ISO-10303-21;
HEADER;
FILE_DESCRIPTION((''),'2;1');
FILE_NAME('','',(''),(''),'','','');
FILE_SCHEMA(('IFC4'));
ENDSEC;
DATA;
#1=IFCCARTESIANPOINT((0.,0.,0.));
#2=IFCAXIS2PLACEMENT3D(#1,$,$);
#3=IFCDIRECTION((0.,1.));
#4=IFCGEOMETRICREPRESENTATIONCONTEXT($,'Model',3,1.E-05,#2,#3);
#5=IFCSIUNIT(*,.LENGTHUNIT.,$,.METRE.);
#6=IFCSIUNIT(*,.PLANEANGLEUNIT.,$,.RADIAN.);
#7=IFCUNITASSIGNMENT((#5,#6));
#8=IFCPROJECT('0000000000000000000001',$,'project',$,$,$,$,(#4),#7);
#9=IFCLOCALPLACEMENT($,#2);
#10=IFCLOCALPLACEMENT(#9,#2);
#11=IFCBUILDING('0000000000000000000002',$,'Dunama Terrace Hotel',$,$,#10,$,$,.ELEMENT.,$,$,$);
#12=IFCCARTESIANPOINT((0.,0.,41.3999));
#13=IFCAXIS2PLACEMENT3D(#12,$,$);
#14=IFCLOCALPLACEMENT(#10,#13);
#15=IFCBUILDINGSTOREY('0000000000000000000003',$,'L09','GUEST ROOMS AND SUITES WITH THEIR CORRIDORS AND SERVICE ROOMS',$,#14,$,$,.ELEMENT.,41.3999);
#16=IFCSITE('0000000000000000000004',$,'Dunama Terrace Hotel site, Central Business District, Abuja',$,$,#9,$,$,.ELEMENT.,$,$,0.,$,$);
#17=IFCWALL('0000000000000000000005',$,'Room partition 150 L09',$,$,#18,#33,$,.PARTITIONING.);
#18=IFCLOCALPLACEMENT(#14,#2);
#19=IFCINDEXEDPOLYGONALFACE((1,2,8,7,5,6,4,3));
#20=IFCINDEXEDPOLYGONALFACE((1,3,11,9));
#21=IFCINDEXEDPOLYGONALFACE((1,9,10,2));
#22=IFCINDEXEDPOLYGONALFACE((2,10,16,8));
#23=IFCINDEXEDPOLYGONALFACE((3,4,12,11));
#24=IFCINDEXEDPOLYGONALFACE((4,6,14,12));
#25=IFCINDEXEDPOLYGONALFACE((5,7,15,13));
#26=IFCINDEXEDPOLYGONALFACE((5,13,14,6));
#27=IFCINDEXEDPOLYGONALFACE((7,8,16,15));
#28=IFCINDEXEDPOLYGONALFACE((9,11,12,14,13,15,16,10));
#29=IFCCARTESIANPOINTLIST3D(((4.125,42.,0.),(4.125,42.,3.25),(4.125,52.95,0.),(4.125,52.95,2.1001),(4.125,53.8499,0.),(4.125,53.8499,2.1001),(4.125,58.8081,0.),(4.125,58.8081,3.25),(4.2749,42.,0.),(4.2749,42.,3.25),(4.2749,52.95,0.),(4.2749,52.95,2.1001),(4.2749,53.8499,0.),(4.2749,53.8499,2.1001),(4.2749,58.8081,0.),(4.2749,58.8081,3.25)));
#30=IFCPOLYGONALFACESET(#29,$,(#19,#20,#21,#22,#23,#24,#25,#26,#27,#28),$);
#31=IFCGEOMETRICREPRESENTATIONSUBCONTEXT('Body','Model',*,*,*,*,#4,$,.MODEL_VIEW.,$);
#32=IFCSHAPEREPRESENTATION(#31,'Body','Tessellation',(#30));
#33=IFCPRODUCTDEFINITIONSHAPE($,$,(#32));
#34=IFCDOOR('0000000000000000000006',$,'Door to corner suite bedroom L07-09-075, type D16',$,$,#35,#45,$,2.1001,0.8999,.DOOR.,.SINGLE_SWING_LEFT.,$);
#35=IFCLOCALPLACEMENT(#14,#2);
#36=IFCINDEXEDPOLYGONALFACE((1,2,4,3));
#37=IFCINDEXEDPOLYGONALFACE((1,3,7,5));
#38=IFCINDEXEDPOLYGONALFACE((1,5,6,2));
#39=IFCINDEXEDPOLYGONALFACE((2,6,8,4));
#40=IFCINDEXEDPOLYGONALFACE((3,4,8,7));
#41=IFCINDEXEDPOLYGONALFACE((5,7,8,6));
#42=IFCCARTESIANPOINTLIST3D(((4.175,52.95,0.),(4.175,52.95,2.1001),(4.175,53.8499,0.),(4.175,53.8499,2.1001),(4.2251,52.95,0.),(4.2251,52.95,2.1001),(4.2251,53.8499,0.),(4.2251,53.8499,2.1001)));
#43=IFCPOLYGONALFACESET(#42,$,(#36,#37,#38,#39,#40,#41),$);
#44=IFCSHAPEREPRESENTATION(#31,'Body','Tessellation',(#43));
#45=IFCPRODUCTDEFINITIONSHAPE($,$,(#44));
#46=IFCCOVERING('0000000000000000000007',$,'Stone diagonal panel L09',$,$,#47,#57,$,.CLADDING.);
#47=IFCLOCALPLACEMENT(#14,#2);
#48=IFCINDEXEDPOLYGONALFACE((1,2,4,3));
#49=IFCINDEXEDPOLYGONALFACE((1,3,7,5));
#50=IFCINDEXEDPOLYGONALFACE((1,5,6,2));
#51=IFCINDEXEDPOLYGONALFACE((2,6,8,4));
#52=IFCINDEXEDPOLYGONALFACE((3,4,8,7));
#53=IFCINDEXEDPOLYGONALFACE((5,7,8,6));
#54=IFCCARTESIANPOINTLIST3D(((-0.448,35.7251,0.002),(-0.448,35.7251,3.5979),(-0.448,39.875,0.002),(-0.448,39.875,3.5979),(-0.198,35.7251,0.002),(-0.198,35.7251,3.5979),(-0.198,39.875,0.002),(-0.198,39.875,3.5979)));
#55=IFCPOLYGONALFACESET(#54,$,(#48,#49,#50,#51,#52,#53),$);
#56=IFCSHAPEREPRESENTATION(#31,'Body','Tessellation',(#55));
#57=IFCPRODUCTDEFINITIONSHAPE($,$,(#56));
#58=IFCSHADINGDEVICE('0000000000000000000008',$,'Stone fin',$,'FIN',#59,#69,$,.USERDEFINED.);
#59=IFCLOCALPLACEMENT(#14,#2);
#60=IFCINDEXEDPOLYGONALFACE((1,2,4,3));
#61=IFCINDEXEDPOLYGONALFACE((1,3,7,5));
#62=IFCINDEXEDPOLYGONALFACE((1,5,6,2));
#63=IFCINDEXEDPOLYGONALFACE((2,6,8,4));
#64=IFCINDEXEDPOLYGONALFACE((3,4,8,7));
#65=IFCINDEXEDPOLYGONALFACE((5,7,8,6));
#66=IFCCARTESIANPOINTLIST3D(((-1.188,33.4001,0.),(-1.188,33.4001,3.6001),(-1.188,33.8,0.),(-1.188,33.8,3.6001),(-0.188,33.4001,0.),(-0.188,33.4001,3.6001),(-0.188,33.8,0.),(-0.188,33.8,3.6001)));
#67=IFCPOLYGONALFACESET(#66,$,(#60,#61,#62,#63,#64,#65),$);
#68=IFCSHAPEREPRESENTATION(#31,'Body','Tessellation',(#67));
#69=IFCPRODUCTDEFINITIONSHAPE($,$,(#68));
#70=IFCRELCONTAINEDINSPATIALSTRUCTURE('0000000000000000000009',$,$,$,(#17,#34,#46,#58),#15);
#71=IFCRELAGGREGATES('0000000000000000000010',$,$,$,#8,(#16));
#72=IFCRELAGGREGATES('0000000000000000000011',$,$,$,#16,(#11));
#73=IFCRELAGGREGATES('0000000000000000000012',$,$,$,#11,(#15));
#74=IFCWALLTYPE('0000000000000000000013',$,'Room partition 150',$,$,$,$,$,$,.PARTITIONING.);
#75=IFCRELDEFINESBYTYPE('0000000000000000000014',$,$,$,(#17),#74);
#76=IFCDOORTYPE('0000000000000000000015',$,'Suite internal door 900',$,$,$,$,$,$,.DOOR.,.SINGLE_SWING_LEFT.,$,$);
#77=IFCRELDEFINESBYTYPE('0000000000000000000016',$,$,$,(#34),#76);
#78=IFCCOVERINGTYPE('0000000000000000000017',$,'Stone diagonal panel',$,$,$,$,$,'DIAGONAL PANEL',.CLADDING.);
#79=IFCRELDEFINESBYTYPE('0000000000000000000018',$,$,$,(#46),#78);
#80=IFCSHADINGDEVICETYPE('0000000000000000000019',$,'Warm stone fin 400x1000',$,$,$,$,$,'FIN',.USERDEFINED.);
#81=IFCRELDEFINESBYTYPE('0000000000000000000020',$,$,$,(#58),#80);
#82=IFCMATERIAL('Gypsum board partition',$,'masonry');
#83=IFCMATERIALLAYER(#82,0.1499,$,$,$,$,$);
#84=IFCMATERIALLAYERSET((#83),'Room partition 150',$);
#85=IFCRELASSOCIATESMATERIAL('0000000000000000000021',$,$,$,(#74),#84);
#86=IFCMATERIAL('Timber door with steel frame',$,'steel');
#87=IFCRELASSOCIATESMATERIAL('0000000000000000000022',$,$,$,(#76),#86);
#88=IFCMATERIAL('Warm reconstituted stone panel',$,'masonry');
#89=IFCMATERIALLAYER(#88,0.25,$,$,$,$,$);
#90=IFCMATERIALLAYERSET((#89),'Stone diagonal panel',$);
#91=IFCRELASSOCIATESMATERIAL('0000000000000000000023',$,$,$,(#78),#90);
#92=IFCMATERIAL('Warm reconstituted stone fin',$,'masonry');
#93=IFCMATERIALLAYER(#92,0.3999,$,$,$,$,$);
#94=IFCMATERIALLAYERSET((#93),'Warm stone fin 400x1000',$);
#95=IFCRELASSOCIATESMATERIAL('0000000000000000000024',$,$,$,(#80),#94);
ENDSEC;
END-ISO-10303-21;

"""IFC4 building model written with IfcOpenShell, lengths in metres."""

from ifc_helpers import new_model, si_unit, direction, frame, frame_2d, origin, origin_2d, place, context, subcontext, project, spatial, rectangle, extrude, material, layer, layer_set, type_object, element, fill, save


model = new_model("IFC4")

# Units and contexts
model_context = context("Model", 3, precision=1e-05, world=origin(), true_north=direction((0.0, 1.0)))
body_context = subcontext(model_context, "Body", "Model", "MODEL_VIEW")
ifc_project = project(units=[si_unit("LENGTHUNIT", "METRE"), si_unit("PLANEANGLEUNIT", "RADIAN")], contexts=[model_context])

# Site, building, storey
site_placement = place(None, origin())
site = spatial("IfcSite", under=ifc_project, at=site_placement, Name="Dunama Terrace Hotel site, Central Business District, Abuja", CompositionType="ELEMENT", RefElevation=0.0)
building_placement = place(site_placement, origin())
building = spatial("IfcBuilding", under=site, at=building_placement, Name="Dunama Terrace Hotel", CompositionType="ELEMENT")
storey_placement = place(building_placement, frame((0.0, 0.0, 41.3999)))
storey = spatial("IfcBuildingStorey", under=building, at=storey_placement, Name="L09", Description="GUEST ROOMS AND SUITES WITH THEIR CORRIDORS AND SERVICE ROOMS", CompositionType="ELEMENT", Elevation=41.3999)

# Shared definitions
ifc_material_1 = material(Name="Gypsum board partition", Category="masonry")
ifc_layer_1 = layer(ifc_material_1, 0.1499)
ifc_layer_set_1 = layer_set([ifc_layer_1], Name="Room partition 150")
wall_type_1 = type_object("IfcWallType", Name="Room partition 150", PredefinedType="PARTITIONING", material=ifc_layer_set_1)

# Wall, opening, door
wall_1_placement = place(storey_placement, frame((4.2, 42.0, 0.0), z_axis=(0.0, 0.0, 1.0), x_axis=(0.0, 1.0, 0.0)))
wall_1 = element("IfcWall", 1, at=wall_1_placement, inside=storey, type_object=wall_type_1, Name="Room partition 150 L09", PredefinedType="PARTITIONING", context=body_context, shape_type="SweptSolid", body=[
    extrude(rectangle(XDim=16.8081, YDim=0.1499, at=frame_2d((8.4041, 0.0))), origin(), (0.0, 0.0, 1.0), 3.25),
])
opening_1_placement = place(wall_1_placement, frame((10.95, 0.0, 0.0)))
opening_1 = element("IfcOpeningElement", 2, at=opening_1_placement, cuts=wall_1, PredefinedType="OPENING", context=body_context, shape_type="SweptSolid", body=[
    extrude(rectangle(XDim=0.8999, YDim=2.1001, at=frame_2d((0.45, 1.05))), frame((0.0, 0.085, 0.0), z_axis=(0.0, -1.0, 0.0), x_axis=(1.0, 0.0, 0.0)), (0.0, 0.0, 1.0), 0.1699),
])
ifc_material_2 = material(Name="Timber door with steel frame", Category="steel")
door_type_1 = type_object("IfcDoorType", Name="Suite internal door 900", OperationType="SINGLE_SWING_LEFT", PredefinedType="DOOR", material=ifc_material_2)
door_1_placement = place(opening_1_placement, origin())
door_1 = element("IfcDoor", 3, at=door_1_placement, inside=storey, type_object=door_type_1, Name="Door to corner suite bedroom L07-09-075, type D16", OperationType="SINGLE_SWING_LEFT", OverallHeight=2.1001, OverallWidth=0.8999, PredefinedType="DOOR", context=body_context, shape_type="SweptSolid", body=[
    extrude(rectangle(XDim=0.8999, YDim=2.1001, at=frame_2d((0.45, 1.05))), frame((0.0, 0.0249, 0.0), z_axis=(0.0, -1.0, 0.0), x_axis=(1.0, 0.0, 0.0)), (0.0, 0.0, 1.0), 0.05),
])
fill(opening_1, door_1)

# Covering
ifc_material_3 = material(Name="Warm reconstituted stone panel", Category="masonry")
ifc_layer_2 = layer(ifc_material_3, 0.25)
ifc_layer_set_2 = layer_set([ifc_layer_2], Name="Stone diagonal panel")
covering_type = type_object("IfcCoveringType", Name="Stone diagonal panel", ElementType="DIAGONAL PANEL", PredefinedType="CLADDING", material=ifc_layer_set_2)
covering_placement = place(storey_placement, frame((-0.323, 37.8, 0.002), z_axis=(0.0, 0.0, 1.0), x_axis=(0.0, -1.0, 0.0)))
element("IfcCovering", 4, at=covering_placement, inside=storey, type_object=covering_type, Name="Stone diagonal panel L09", PredefinedType="CLADDING", context=body_context, shape_type="SweptSolid", body=[
    extrude(rectangle(XDim=4.1499, YDim=0.25, at=origin_2d()), origin(), (0.0, 0.0, 1.0), 3.5959),
])

# Shading device
ifc_material_4 = material(Name="Warm reconstituted stone fin", Category="masonry")
ifc_layer_3 = layer(ifc_material_4, 0.3999)
ifc_layer_set_3 = layer_set([ifc_layer_3], Name="Warm stone fin 400x1000")
shading_device_type = type_object("IfcShadingDeviceType", Name="Warm stone fin 400x1000", ElementType="FIN", PredefinedType="USERDEFINED", material=ifc_layer_set_3)
shading_device_placement = place(storey_placement, frame((-0.688, 33.6001, 0.0), z_axis=(0.0, 0.0, 1.0), x_axis=(0.0, -1.0, 0.0)))
element("IfcShadingDevice", 5, at=shading_device_placement, inside=storey, type_object=shading_device_type, Name="Stone fin", ObjectType="FIN", PredefinedType="USERDEFINED", context=body_context, shape_type="SweptSolid", body=[
    extrude(rectangle(XDim=0.3999, YDim=1.0, at=origin_2d()), origin(), (0.0, 0.0, 1.0), 3.6001),
])

save(model, "model.ifc")
